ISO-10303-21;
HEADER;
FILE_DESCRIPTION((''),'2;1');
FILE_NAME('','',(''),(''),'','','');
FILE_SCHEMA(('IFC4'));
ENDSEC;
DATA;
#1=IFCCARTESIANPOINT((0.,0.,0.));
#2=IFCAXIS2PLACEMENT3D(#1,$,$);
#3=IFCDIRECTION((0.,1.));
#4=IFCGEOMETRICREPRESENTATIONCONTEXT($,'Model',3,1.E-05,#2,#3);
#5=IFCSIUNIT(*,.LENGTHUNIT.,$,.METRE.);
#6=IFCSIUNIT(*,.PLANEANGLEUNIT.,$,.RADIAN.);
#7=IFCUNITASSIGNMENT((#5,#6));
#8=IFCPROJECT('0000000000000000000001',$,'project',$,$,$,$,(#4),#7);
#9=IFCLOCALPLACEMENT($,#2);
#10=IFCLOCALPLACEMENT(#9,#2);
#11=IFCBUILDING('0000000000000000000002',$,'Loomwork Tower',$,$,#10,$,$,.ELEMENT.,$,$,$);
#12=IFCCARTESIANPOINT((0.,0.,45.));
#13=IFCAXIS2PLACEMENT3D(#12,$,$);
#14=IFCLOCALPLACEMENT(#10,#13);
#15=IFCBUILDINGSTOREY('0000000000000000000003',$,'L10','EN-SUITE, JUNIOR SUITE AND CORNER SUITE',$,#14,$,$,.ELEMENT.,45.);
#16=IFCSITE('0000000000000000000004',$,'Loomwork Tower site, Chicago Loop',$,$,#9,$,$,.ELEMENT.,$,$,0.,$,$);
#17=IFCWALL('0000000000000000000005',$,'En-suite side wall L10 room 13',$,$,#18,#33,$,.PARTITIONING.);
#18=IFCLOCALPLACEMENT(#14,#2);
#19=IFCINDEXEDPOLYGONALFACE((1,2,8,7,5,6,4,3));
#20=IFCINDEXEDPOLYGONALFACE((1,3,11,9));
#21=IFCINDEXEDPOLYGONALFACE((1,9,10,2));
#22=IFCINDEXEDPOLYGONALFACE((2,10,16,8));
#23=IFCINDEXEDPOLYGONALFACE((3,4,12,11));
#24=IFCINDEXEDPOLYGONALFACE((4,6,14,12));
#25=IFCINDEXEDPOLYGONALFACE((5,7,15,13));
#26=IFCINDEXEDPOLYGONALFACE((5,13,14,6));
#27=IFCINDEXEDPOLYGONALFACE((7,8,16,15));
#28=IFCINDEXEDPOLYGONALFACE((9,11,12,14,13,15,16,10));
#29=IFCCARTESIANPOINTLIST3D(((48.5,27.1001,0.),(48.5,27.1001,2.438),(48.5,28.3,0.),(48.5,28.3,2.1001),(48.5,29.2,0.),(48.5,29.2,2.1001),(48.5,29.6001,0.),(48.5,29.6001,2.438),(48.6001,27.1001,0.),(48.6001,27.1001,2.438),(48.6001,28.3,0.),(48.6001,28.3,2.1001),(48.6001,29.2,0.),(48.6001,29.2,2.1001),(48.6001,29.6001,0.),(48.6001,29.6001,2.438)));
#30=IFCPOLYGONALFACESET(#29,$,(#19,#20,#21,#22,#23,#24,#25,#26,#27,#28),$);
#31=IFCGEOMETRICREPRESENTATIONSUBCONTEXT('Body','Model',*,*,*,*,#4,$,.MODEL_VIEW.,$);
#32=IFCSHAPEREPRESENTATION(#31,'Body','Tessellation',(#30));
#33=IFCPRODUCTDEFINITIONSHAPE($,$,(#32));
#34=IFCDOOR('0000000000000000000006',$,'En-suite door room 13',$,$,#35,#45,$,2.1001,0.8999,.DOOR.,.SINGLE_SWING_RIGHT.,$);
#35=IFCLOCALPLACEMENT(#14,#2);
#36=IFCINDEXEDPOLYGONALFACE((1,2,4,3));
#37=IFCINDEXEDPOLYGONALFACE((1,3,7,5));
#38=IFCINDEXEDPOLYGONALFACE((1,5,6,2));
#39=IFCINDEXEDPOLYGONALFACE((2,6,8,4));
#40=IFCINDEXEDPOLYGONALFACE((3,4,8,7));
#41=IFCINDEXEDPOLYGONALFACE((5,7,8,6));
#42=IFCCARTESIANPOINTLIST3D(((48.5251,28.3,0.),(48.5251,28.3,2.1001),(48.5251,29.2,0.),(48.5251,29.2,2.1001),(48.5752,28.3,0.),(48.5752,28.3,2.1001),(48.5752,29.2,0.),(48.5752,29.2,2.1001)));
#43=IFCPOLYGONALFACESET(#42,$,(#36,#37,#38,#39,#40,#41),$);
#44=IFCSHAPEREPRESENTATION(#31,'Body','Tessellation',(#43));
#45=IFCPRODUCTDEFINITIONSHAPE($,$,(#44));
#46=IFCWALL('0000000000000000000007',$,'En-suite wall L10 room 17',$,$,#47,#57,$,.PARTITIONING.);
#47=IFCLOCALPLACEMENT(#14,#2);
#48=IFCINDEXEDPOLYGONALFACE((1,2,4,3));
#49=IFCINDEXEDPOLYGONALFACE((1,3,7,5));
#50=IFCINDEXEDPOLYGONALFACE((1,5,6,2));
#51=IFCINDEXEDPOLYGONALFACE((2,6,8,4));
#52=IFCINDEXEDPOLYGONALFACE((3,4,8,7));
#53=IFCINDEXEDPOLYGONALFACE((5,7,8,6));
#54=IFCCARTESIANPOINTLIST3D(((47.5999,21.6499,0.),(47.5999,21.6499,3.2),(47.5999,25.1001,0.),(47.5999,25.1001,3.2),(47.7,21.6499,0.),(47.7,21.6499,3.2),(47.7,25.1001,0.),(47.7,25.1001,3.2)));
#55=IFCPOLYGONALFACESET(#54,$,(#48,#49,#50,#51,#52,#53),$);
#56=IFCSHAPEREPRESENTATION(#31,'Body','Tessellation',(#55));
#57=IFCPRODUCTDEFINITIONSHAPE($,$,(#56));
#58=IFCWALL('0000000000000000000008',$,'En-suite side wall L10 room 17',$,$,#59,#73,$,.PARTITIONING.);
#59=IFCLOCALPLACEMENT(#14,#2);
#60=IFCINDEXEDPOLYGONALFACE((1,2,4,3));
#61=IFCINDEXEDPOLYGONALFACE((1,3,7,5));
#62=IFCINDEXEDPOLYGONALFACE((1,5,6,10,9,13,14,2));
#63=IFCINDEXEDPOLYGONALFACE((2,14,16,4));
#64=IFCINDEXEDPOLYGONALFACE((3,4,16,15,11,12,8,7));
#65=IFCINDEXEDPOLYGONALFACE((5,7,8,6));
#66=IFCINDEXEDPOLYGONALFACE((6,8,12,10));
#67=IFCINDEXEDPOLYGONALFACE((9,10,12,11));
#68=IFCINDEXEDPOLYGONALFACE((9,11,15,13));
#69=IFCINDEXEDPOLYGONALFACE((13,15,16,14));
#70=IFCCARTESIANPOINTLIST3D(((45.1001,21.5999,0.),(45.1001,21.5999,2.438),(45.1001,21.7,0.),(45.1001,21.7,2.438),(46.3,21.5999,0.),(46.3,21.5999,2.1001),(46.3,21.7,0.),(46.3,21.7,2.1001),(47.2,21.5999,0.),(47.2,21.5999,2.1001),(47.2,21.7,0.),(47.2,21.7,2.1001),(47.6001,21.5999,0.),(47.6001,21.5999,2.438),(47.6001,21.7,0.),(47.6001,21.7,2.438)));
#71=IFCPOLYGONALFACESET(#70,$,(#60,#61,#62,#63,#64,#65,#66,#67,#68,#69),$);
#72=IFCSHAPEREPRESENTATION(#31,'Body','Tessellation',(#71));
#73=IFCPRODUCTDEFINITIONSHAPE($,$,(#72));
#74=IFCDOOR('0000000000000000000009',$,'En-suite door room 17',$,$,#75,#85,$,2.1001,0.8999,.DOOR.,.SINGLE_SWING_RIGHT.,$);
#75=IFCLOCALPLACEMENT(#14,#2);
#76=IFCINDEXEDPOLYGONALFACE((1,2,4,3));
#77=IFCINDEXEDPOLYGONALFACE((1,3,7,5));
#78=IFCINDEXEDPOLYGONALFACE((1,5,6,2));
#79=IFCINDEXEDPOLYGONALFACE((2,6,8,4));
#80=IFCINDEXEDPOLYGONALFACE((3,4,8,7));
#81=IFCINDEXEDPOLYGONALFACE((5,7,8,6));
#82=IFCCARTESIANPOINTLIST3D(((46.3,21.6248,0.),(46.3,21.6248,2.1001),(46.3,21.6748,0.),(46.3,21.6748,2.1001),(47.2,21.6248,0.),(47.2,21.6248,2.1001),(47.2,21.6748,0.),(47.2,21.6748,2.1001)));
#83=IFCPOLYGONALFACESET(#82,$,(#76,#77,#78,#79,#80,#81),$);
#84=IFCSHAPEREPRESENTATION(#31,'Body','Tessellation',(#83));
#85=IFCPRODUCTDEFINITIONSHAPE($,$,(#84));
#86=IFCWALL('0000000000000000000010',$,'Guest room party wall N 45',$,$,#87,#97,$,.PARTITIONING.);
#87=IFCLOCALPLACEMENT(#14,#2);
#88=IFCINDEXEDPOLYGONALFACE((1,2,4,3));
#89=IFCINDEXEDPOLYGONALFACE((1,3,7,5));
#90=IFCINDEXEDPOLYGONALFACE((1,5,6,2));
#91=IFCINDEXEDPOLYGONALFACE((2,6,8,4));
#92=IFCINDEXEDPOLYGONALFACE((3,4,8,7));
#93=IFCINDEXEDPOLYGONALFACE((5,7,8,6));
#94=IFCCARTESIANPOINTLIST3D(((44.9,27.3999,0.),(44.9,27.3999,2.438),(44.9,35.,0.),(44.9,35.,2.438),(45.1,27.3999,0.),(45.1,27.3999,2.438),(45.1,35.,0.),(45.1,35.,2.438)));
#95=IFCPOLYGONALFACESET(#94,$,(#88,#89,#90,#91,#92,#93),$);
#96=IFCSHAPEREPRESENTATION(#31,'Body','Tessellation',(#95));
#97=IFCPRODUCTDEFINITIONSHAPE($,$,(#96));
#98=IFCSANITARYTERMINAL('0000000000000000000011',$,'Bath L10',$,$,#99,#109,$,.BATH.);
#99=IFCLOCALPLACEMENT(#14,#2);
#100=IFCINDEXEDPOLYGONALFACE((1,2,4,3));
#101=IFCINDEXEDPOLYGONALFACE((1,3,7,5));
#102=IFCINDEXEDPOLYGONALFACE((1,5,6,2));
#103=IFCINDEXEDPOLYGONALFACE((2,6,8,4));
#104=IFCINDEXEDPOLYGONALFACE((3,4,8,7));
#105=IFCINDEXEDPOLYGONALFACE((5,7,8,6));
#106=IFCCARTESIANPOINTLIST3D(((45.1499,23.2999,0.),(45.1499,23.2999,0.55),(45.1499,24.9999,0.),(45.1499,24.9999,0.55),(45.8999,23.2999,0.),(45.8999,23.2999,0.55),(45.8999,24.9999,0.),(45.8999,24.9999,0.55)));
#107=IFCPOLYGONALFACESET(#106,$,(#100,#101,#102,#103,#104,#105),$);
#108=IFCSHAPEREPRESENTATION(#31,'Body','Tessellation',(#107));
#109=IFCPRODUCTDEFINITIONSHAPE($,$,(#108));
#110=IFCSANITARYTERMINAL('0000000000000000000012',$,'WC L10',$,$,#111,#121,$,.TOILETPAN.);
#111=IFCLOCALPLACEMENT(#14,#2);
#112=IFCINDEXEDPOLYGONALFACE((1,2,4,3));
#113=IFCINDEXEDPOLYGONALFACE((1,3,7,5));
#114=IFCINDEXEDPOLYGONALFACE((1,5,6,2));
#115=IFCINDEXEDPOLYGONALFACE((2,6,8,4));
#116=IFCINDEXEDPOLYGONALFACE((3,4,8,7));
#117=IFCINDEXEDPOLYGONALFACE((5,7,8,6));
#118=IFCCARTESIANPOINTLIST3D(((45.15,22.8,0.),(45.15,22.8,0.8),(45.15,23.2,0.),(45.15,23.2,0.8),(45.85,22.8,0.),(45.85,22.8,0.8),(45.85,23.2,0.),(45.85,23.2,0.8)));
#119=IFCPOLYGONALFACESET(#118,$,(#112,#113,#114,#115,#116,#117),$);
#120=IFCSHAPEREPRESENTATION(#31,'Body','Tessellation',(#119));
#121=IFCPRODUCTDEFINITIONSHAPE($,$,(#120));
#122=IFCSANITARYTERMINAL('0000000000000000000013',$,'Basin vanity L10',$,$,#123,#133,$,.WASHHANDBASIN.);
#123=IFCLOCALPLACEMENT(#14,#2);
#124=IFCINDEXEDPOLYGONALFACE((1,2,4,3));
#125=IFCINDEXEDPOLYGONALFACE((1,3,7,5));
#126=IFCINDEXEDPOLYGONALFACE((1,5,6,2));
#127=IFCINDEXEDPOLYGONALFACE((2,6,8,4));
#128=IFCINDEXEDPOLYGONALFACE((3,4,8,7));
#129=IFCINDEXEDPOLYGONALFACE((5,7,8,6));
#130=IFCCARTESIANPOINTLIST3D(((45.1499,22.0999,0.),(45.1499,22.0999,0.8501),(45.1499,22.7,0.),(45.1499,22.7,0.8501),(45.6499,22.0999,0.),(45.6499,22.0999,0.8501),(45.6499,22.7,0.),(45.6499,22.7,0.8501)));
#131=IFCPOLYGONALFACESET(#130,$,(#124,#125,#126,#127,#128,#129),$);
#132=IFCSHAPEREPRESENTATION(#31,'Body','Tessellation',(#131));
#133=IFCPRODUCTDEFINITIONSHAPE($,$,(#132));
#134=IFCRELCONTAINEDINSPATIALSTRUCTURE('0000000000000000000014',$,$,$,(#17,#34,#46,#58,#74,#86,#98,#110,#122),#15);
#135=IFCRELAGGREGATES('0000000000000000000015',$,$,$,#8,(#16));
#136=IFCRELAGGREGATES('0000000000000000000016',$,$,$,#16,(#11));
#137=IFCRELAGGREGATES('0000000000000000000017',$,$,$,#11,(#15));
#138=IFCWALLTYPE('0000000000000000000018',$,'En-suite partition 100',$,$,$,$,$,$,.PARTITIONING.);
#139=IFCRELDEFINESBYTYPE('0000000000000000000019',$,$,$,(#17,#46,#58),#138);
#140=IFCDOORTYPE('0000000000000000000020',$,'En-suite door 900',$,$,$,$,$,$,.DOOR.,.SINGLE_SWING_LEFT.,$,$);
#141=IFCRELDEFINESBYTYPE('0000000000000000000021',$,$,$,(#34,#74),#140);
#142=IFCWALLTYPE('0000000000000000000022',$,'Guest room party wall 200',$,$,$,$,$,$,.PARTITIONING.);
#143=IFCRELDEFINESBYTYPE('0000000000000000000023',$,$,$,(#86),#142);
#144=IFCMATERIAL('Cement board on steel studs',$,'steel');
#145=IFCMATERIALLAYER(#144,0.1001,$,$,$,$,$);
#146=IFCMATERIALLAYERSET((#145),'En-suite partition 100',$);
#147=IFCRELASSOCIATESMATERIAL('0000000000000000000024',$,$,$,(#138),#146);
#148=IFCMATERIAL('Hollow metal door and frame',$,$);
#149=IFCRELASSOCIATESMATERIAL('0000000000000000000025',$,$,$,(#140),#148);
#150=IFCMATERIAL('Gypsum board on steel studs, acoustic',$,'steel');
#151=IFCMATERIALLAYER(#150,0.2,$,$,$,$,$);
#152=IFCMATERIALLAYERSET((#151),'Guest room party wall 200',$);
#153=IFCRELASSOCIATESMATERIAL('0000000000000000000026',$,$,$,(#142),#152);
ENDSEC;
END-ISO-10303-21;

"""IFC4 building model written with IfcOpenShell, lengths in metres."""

from ifc_helpers import new_model, si_unit, direction, frame, frame_2d, origin, origin_2d, place, context, subcontext, project, spatial, rectangle, extrude, material, layer, layer_set, type_object, element, fill, save


model = new_model("IFC4")

# Units and contexts
model_context = context("Model", 3, precision=1e-05, world=origin(), true_north=direction((0.0, 1.0)))
body_context = subcontext(model_context, "Body", "Model", "MODEL_VIEW")
ifc_project = project(units=[si_unit("LENGTHUNIT", "METRE"), si_unit("PLANEANGLEUNIT", "RADIAN")], contexts=[model_context])

# Site, building, storey
site_placement = place(None, origin())
site = spatial("IfcSite", under=ifc_project, at=site_placement, Name="Loomwork Tower site, Chicago Loop", CompositionType="ELEMENT", RefElevation=0.0)
building_placement = place(site_placement, origin())
building = spatial("IfcBuilding", under=site, at=building_placement, Name="Loomwork Tower", CompositionType="ELEMENT")
storey_placement = place(building_placement, frame((0.0, 0.0, 45.0)))
storey = spatial("IfcBuildingStorey", under=building, at=storey_placement, Name="L10", Description="EN-SUITE, JUNIOR SUITE AND CORNER SUITE", CompositionType="ELEMENT", Elevation=45.0)

# Wall, opening, door
ifc_material_1 = material(Name="Cement board on steel studs", Category="steel")
ifc_layer_1 = layer(ifc_material_1, 0.1001)
ifc_layer_set_1 = layer_set([ifc_layer_1], Name="En-suite partition 100")
wall_type_1 = type_object("IfcWallType", Name="En-suite partition 100", PredefinedType="PARTITIONING", material=ifc_layer_set_1)
wall_1_placement = place(storey_placement, frame((48.55, 27.1001, 0.0), z_axis=(0.0, 0.0, 1.0), x_axis=(0.0, 1.0, 0.0)))
wall_1 = element("IfcWall", 1, at=wall_1_placement, inside=storey, type_object=wall_type_1, Name="En-suite side wall L10 room 13", PredefinedType="PARTITIONING", context=body_context, shape_type="SweptSolid", body=[
    extrude(rectangle(XDim=2.5, YDim=0.1001, at=frame_2d((1.25, 0.0))), origin(), (0.0, 0.0, 1.0), 2.438),
])
opening_1_placement = place(wall_1_placement, frame((1.2, 0.0, 0.0)))
opening_1 = element("IfcOpeningElement", 2, at=opening_1_placement, cuts=wall_1, PredefinedType="OPENING", context=body_context, shape_type="SweptSolid", body=[
    extrude(rectangle(XDim=0.8999, YDim=2.1001, at=frame_2d((0.45, 1.05))), frame((0.0, 0.0601, 0.0), z_axis=(0.0, -1.0, 0.0), x_axis=(1.0, 0.0, 0.0)), (0.0, 0.0, 1.0), 0.1201),
])
ifc_material_2 = material(Name="Hollow metal door and frame")
door_type_1 = type_object("IfcDoorType", Name="En-suite door 900", OperationType="SINGLE_SWING_LEFT", PredefinedType="DOOR", material=ifc_material_2)
door_1_placement = place(opening_1_placement, origin())
door_1 = element("IfcDoor", 3, at=door_1_placement, inside=storey, type_object=door_type_1, Name="En-suite door room 13", OperationType="SINGLE_SWING_RIGHT", OverallHeight=2.1001, OverallWidth=0.8999, PredefinedType="DOOR", context=body_context, shape_type="SweptSolid", body=[
    extrude(rectangle(XDim=0.8999, YDim=2.1001, at=frame_2d((0.45, 1.05))), frame((0.0, 0.0249, 0.0), z_axis=(0.0, -1.0, 0.0), x_axis=(1.0, 0.0, 0.0)), (0.0, 0.0, 1.0), 0.05),
])
fill(opening_1, door_1)

# Wall
wall_2_placement = place(storey_placement, frame((47.6499, 21.6499, 0.0), z_axis=(0.0, 0.0, 1.0), x_axis=(0.0, 1.0, 0.0)))
element("IfcWall", 4, at=wall_2_placement, inside=storey, type_object=wall_type_1, Name="En-suite wall L10 room 17", PredefinedType="PARTITIONING", context=body_context, shape_type="SweptSolid", body=[
    extrude(rectangle(XDim=3.4502, YDim=0.1001, at=frame_2d((1.7251, 0.0))), origin(), (0.0, 0.0, 1.0), 3.2),
])

# Wall, opening, door
wall_3_placement = place(storey_placement, frame((45.1001, 21.6499, 0.0), z_axis=(0.0, 0.0, 1.0), x_axis=(1.0, 0.0, 0.0)))
wall_3 = element("IfcWall", 5, at=wall_3_placement, inside=storey, type_object=wall_type_1, Name="En-suite side wall L10 room 17", PredefinedType="PARTITIONING", context=body_context, shape_type="SweptSolid", body=[
    extrude(rectangle(XDim=2.5, YDim=0.1001, at=frame_2d((1.25, 0.0))), origin(), (0.0, 0.0, 1.0), 2.438),
])
opening_2_placement = place(wall_3_placement, frame((1.2, 0.0, 0.0)))
opening_2 = element("IfcOpeningElement", 6, at=opening_2_placement, cuts=wall_3, PredefinedType="OPENING", context=body_context, shape_type="SweptSolid", body=[
    extrude(rectangle(XDim=0.8999, YDim=2.1001, at=frame_2d((0.45, 1.05))), frame((0.0, 0.0601, 0.0), z_axis=(0.0, -1.0, 0.0), x_axis=(1.0, 0.0, 0.0)), (0.0, 0.0, 1.0), 0.1201),
])
door_2_placement = place(opening_2_placement, origin())
door_2 = element("IfcDoor", 7, at=door_2_placement, inside=storey, type_object=door_type_1, Name="En-suite door room 17", OperationType="SINGLE_SWING_RIGHT", OverallHeight=2.1001, OverallWidth=0.8999, PredefinedType="DOOR", context=body_context, shape_type="SweptSolid", body=[
    extrude(rectangle(XDim=0.8999, YDim=2.1001, at=frame_2d((0.45, 1.05))), frame((0.0, 0.0249, 0.0), z_axis=(0.0, -1.0, 0.0), x_axis=(1.0, 0.0, 0.0)), (0.0, 0.0, 1.0), 0.05),
])
fill(opening_2, door_2)

# Wall
ifc_material_3 = material(Name="Gypsum board on steel studs, acoustic", Category="steel")
ifc_layer_2 = layer(ifc_material_3, 0.2)
ifc_layer_set_2 = layer_set([ifc_layer_2], Name="Guest room party wall 200")
wall_type_2 = type_object("IfcWallType", Name="Guest room party wall 200", PredefinedType="PARTITIONING", material=ifc_layer_set_2)
wall_4_placement = place(storey_placement, frame((45.0, 27.3999, 0.0), z_axis=(0.0, 0.0, 1.0), x_axis=(0.0, 1.0, 0.0)))
element("IfcWall", 8, at=wall_4_placement, inside=storey, type_object=wall_type_2, Name="Guest room party wall N 45", PredefinedType="PARTITIONING", context=body_context, shape_type="SweptSolid", body=[
    extrude(rectangle(XDim=7.6001, YDim=0.2, at=frame_2d((3.8, 0.0))), origin(), (0.0, 0.0, 1.0), 2.438),
])

# Sanitary terminals
sanitary_terminal_1_placement = place(storey_placement, frame((45.5249, 24.1499, 0.0), z_axis=(0.0, 0.0, 1.0), x_axis=(1.0, 0.0, 0.0)))
element("IfcSanitaryTerminal", 9, at=sanitary_terminal_1_placement, inside=storey, Name="Bath L10", PredefinedType="BATH", context=body_context, shape_type="SweptSolid", body=[
    extrude(rectangle(XDim=0.75, YDim=1.7, at=origin_2d()), origin(), (0.0, 0.0, 1.0), 0.55),
])
sanitary_terminal_2_placement = place(storey_placement, frame((45.5, 23.0, 0.0), z_axis=(0.0, 0.0, 1.0), x_axis=(1.0, 0.0, 0.0)))
element("IfcSanitaryTerminal", 10, at=sanitary_terminal_2_placement, inside=storey, Name="WC L10", PredefinedType="TOILETPAN", context=body_context, shape_type="SweptSolid", body=[
    extrude(rectangle(XDim=0.7, YDim=0.3999, at=origin_2d()), origin(), (0.0, 0.0, 1.0), 0.8),
])
sanitary_terminal_3_placement = place(storey_placement, frame((45.3999, 22.3999, 0.0), z_axis=(0.0, 0.0, 1.0), x_axis=(1.0, 0.0, 0.0)))
element("IfcSanitaryTerminal", 11, at=sanitary_terminal_3_placement, inside=storey, Name="Basin vanity L10", PredefinedType="WASHHANDBASIN", context=body_context, shape_type="SweptSolid", body=[
    extrude(rectangle(XDim=0.5, YDim=0.6001, at=origin_2d()), origin(), (0.0, 0.0, 1.0), 0.8501),
])

save(model, "model.ifc")
